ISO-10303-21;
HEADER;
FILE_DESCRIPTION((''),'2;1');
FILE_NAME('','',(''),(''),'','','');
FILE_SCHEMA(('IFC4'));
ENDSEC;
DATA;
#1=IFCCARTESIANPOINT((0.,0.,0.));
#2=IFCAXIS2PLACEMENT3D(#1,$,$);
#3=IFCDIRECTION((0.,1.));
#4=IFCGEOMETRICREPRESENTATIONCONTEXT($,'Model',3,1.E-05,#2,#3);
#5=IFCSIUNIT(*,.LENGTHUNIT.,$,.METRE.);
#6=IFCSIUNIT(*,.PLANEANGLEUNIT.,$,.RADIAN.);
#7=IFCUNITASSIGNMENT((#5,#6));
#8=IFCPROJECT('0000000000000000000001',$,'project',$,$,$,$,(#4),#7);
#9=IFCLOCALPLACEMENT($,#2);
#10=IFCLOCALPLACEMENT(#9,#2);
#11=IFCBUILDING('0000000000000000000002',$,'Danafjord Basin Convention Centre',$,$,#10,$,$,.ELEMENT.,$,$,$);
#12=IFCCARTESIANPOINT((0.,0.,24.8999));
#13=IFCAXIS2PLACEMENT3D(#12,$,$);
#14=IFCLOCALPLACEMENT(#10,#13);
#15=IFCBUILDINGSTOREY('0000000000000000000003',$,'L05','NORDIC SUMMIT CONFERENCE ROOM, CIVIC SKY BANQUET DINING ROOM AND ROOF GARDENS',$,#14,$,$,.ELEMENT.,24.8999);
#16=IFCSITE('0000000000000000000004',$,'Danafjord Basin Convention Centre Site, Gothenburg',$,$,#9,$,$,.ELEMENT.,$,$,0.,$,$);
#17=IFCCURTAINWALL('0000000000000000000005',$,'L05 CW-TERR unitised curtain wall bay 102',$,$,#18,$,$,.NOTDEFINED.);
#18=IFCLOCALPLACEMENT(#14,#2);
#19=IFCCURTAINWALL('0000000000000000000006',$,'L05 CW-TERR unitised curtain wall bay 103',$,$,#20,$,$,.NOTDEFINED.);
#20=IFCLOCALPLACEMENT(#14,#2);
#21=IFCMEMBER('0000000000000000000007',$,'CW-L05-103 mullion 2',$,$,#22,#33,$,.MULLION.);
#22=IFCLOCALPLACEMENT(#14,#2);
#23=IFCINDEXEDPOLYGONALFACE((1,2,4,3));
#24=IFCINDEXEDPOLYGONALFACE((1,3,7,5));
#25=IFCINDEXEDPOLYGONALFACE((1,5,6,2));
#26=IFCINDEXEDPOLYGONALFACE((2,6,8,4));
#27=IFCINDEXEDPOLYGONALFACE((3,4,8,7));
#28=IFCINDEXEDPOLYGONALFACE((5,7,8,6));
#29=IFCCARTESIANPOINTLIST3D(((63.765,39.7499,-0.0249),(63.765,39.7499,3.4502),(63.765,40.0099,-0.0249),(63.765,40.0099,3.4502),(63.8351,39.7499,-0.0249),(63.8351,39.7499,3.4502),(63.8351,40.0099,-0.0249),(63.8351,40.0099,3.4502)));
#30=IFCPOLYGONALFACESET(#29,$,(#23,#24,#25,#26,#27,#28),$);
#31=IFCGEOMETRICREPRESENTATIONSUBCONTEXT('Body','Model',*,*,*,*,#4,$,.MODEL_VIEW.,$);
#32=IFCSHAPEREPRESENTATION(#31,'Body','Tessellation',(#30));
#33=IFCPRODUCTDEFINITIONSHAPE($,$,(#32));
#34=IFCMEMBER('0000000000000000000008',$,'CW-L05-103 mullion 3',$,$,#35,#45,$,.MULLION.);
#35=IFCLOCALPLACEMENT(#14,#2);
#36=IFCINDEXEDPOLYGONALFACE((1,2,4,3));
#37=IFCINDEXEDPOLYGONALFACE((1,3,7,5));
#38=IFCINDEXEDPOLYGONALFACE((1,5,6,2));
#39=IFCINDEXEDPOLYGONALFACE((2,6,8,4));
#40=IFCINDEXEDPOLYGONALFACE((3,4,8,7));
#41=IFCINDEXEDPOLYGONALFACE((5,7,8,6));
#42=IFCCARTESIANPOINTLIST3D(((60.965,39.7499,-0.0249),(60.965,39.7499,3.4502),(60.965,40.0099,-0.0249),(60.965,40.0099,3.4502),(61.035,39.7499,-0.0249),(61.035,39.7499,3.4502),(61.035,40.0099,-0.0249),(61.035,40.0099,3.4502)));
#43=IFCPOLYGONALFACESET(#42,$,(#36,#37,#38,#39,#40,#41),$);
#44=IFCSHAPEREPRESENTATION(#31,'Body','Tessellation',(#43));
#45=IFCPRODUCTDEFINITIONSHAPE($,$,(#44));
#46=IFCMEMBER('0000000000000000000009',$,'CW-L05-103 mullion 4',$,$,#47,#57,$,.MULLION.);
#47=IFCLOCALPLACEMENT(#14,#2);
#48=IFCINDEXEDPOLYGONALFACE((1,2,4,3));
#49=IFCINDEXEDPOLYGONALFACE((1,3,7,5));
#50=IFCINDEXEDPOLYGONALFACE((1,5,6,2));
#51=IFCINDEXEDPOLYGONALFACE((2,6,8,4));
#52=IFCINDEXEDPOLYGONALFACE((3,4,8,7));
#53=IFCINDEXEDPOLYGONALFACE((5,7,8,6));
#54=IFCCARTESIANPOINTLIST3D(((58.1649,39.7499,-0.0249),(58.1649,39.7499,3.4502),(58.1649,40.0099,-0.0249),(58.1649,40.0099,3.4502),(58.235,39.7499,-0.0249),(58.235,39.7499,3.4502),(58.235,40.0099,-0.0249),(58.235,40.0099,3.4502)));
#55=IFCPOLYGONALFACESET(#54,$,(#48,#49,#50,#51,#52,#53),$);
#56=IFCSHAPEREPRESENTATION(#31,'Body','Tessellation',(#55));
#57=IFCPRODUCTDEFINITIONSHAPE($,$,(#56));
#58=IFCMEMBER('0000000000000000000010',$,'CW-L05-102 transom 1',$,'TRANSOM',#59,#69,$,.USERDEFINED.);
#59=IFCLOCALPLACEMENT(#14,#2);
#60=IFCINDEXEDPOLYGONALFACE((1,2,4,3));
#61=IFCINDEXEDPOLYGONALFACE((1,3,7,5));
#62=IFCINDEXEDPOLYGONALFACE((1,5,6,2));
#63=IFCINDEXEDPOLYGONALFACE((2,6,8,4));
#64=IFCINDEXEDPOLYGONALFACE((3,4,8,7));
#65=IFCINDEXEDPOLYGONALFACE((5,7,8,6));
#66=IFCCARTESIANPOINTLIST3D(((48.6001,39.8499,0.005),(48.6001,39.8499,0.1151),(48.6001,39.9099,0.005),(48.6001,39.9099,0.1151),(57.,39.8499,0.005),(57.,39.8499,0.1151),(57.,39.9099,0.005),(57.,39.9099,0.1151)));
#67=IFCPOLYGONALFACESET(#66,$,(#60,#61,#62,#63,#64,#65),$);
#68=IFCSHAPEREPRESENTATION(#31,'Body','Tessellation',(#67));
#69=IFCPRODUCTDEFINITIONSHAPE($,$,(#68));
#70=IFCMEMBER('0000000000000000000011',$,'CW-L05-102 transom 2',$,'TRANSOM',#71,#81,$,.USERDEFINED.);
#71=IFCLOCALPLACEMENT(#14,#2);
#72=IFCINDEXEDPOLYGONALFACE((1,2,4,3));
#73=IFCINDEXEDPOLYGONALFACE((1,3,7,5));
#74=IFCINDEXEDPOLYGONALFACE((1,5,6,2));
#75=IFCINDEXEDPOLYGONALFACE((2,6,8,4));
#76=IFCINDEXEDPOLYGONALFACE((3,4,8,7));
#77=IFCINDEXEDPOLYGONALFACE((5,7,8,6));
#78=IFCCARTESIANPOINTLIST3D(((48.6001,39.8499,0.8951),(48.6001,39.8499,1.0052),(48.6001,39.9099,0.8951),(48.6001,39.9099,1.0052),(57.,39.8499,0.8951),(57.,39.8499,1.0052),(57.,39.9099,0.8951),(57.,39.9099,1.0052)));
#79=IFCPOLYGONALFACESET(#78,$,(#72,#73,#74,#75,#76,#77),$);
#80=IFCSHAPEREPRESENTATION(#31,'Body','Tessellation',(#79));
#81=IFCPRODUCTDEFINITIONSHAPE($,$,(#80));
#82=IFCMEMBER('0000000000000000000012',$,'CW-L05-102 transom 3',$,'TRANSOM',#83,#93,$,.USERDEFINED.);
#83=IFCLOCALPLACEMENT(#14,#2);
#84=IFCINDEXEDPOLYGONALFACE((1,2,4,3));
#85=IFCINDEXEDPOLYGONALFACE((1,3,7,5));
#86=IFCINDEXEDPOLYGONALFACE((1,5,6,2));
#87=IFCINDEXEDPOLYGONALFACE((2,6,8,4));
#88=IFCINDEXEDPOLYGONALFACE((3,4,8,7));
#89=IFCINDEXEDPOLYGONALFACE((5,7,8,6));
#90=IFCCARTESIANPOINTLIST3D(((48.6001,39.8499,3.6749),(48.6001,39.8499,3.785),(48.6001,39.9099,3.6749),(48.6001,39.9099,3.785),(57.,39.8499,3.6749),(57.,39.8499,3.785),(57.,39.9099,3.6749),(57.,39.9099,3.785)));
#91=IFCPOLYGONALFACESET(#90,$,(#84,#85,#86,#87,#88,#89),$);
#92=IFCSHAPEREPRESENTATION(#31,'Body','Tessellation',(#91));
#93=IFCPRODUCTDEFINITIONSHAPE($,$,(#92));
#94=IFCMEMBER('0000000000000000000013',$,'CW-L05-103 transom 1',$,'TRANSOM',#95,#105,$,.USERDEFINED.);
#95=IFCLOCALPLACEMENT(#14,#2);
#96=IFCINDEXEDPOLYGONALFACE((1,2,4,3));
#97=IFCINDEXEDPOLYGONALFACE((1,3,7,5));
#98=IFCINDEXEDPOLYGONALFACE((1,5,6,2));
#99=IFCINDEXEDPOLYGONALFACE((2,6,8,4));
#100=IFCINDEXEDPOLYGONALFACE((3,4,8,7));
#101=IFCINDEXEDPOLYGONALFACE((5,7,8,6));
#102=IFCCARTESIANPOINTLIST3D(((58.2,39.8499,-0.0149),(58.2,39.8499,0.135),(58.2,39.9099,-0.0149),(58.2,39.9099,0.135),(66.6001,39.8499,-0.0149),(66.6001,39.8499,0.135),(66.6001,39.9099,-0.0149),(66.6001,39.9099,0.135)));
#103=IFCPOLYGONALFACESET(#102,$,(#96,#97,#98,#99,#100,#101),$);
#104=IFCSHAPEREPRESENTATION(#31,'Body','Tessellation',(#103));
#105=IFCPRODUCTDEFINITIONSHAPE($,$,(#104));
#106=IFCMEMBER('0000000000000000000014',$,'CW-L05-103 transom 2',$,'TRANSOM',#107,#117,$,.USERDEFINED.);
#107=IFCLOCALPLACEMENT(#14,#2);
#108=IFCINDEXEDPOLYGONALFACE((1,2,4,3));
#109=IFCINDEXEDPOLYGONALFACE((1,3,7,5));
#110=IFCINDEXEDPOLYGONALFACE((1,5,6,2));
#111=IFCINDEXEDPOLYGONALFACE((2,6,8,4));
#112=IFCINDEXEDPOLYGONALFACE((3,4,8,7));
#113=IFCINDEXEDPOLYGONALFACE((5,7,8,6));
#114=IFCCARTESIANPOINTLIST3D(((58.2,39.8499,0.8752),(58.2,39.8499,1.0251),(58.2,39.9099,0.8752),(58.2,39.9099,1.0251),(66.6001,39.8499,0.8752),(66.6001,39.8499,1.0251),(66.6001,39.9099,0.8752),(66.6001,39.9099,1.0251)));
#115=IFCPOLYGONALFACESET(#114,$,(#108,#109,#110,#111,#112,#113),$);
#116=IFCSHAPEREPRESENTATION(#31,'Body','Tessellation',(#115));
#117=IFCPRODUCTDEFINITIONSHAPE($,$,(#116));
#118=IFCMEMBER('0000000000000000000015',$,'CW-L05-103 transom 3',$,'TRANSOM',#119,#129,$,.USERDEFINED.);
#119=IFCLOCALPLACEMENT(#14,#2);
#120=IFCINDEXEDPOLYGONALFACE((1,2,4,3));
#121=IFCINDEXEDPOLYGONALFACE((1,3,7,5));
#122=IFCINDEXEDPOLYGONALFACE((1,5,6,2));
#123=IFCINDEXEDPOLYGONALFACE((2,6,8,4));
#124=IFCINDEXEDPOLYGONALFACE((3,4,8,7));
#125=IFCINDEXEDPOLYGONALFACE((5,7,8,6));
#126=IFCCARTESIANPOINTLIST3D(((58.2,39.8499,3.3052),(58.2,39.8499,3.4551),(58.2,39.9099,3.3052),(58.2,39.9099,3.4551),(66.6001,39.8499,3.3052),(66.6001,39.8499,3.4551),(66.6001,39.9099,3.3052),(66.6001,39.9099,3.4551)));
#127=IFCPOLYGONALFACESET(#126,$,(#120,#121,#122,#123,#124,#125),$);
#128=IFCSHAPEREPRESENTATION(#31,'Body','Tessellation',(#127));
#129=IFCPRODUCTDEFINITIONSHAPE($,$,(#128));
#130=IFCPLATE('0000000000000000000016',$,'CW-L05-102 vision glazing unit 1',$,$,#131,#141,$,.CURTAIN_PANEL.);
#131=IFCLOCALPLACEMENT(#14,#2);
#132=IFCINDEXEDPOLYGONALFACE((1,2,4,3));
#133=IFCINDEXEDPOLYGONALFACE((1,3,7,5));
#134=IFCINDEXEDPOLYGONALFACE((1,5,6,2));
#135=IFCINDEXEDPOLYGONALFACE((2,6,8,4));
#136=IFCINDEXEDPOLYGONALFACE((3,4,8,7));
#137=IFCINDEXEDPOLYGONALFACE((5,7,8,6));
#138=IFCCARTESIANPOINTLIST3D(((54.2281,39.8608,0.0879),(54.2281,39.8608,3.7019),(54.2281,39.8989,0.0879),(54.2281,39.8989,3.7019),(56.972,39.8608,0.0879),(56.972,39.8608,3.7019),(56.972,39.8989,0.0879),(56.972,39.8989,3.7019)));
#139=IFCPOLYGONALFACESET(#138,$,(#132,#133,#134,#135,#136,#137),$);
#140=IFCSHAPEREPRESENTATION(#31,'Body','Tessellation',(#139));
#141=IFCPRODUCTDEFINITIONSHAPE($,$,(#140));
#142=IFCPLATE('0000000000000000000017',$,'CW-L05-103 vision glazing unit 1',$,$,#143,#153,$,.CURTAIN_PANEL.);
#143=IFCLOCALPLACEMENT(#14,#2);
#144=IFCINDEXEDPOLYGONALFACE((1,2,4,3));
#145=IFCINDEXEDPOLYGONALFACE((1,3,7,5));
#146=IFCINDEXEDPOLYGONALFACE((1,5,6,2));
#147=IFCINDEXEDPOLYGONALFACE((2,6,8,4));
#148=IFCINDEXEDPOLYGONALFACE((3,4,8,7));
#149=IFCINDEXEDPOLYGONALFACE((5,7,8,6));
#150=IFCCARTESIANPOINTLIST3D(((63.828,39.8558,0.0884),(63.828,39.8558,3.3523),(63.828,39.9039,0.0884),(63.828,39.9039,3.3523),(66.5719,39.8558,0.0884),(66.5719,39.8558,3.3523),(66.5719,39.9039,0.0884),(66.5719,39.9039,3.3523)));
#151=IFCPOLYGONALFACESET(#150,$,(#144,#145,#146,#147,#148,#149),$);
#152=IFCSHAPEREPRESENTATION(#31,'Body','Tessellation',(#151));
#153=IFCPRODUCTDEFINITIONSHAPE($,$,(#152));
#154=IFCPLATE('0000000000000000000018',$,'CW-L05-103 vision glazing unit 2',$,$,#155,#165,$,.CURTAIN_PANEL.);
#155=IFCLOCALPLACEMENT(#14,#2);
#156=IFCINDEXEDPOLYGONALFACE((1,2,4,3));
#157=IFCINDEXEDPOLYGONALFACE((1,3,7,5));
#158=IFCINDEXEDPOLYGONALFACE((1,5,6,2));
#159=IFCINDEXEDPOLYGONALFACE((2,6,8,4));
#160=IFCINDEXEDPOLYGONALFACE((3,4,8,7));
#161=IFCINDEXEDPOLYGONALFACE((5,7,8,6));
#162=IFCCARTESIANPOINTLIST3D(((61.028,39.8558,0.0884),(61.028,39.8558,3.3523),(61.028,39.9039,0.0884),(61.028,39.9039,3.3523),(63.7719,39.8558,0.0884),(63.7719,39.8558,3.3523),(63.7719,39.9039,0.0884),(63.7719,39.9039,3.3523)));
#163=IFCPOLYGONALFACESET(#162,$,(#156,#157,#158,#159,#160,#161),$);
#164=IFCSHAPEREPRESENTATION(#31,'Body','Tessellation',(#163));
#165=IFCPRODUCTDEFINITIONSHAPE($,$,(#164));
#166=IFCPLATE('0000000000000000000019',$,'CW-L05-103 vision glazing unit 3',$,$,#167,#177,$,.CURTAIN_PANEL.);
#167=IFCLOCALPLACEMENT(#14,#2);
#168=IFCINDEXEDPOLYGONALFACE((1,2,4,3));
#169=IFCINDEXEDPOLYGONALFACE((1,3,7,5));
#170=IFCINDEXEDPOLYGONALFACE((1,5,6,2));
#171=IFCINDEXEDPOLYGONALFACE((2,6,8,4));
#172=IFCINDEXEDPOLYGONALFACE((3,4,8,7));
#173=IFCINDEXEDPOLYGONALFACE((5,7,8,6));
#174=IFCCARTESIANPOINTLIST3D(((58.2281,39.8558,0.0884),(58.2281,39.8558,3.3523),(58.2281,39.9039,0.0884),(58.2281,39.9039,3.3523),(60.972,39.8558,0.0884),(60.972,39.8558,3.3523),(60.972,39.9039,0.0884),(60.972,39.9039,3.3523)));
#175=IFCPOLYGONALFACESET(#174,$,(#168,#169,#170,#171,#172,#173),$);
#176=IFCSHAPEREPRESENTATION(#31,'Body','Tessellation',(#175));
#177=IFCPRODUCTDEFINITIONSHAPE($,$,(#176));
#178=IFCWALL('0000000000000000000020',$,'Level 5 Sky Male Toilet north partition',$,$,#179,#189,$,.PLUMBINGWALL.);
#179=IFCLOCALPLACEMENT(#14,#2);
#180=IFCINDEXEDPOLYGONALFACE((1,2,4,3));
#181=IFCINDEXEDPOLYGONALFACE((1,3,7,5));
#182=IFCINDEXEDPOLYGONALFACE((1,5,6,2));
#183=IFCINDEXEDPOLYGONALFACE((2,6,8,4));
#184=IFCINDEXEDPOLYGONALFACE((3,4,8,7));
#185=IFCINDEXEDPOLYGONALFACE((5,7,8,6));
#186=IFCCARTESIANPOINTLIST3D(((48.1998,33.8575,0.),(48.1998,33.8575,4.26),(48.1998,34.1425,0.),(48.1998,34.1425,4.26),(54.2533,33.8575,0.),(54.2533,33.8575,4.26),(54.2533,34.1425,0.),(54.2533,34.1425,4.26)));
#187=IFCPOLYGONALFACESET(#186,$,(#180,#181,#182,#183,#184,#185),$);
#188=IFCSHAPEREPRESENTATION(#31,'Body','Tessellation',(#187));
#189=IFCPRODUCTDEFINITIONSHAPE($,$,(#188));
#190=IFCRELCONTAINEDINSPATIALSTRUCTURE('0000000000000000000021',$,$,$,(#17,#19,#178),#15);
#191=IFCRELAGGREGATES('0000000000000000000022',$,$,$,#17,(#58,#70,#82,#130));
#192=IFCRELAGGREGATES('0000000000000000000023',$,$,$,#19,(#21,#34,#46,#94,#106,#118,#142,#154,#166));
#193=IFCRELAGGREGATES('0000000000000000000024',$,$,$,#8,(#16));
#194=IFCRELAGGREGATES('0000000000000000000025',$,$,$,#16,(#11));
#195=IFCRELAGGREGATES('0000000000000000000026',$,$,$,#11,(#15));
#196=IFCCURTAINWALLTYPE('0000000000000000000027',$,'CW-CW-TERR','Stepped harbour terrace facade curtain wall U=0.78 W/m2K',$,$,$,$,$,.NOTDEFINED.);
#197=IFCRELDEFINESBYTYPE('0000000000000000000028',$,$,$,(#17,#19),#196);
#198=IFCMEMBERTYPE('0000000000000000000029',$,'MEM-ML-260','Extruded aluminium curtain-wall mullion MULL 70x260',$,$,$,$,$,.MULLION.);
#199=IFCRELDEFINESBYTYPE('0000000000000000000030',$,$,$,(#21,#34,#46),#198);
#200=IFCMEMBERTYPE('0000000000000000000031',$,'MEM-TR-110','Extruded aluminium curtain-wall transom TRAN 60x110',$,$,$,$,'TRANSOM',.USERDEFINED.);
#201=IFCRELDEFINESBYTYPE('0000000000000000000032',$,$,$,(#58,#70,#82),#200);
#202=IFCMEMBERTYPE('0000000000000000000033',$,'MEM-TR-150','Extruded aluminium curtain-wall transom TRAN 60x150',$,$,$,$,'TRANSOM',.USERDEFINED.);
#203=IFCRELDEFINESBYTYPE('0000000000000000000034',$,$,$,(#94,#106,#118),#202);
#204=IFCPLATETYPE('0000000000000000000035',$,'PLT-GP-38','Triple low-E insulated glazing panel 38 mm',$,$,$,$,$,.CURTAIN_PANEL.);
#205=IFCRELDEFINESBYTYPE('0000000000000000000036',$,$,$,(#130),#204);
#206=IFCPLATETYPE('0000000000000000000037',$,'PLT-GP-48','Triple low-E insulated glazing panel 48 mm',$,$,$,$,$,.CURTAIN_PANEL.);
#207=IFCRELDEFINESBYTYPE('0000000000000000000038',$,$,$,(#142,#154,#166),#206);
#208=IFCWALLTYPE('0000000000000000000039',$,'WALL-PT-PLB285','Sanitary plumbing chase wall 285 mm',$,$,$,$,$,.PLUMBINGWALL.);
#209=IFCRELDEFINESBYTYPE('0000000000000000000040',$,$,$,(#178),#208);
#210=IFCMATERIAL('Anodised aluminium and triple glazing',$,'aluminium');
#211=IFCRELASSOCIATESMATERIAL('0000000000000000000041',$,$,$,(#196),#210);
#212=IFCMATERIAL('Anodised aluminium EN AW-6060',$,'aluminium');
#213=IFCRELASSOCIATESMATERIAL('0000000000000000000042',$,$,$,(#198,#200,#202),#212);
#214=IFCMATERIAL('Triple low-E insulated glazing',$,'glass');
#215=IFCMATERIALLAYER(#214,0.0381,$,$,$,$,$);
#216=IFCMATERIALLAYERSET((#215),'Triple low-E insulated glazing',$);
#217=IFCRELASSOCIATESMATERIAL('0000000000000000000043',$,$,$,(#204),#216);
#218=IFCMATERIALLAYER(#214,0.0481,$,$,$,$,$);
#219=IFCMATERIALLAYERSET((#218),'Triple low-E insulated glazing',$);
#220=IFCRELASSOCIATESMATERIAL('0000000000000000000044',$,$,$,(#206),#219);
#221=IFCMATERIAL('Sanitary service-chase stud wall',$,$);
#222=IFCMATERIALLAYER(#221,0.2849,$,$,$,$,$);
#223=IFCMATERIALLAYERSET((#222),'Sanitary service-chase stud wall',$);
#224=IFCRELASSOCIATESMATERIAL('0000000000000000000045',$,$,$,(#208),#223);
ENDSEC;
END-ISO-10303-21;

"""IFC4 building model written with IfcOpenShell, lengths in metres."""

from ifc_helpers import new_model, si_unit, direction, frame, frame_2d, origin, origin_2d, place, context, subcontext, project, spatial, rectangle, extrude, material, layer, layer_set, material_profile, profile_set, type_object, element, aggregate, save


model = new_model("IFC4")

# Units and contexts
model_context = context("Model", 3, precision=1e-05, world=origin(), true_north=direction((0.0, 1.0)))
body_context = subcontext(model_context, "Body", "Model", "MODEL_VIEW")
ifc_project = project(units=[si_unit("LENGTHUNIT", "METRE"), si_unit("PLANEANGLEUNIT", "RADIAN")], contexts=[model_context])

# Site, building, storey
site_placement = place(None, origin())
site = spatial("IfcSite", under=ifc_project, at=site_placement, Name="Danafjord Basin Convention Centre Site, Gothenburg", CompositionType="ELEMENT", RefElevation=0.0)
building_placement = place(site_placement, origin())
building = spatial("IfcBuilding", under=site, at=building_placement, Name="Danafjord Basin Convention Centre", CompositionType="ELEMENT")
storey_placement = place(building_placement, frame((0.0, 0.0, 24.8999)))
storey = spatial("IfcBuildingStorey", under=building, at=storey_placement, Name="L05", Description="NORDIC SUMMIT CONFERENCE ROOM, CIVIC SKY BANQUET DINING ROOM AND ROOF GARDENS", CompositionType="ELEMENT", Elevation=24.8999)

# Curtain walls, members
ifc_material_1 = material(Name="Anodised aluminium and triple glazing", Category="aluminium")
curtain_wall_type = type_object("IfcCurtainWallType", Name="CW-CW-TERR", Description="Stepped harbour terrace facade curtain wall U=0.78 W/m2K", PredefinedType="NOTDEFINED", material=ifc_material_1)
curtain_wall_1_placement = place(storey_placement, origin())
curtain_wall_1 = element("IfcCurtainWall", 1, at=curtain_wall_1_placement, inside=storey, type_object=curtain_wall_type, Name="L05 CW-TERR unitised curtain wall bay 102", PredefinedType="NOTDEFINED")
ifc_material_2 = material(Name="Anodised aluminium EN AW-6060", Category="aluminium")
curtain_wall_2_placement = place(storey_placement, origin())
curtain_wall_2 = element("IfcCurtainWall", 2, at=curtain_wall_2_placement, inside=storey, type_object=curtain_wall_type, Name="L05 CW-TERR unitised curtain wall bay 103", PredefinedType="NOTDEFINED")
ifc_material_profile_1 = material_profile(ifc_material_2, rectangle(XDim=0.0701, YDim=0.26, at=origin_2d()), Name="MULL 70x260")
ifc_profile_set_1 = profile_set([ifc_material_profile_1], Name="Anodised aluminium EN AW-6060")
member_type_1 = type_object("IfcMemberType", Name="MEM-ML-260", Description="Extruded aluminium curtain-wall mullion MULL 70x260", PredefinedType="MULLION", material=ifc_profile_set_1)
member_1_placement = place(storey_placement, frame((63.8, 39.8799, -0.0249), z_axis=(0.0, 0.0, 1.0), x_axis=(-1.0, 0.0, 0.0)))
member_1 = element("IfcMember", 3, at=member_1_placement, type_object=member_type_1, Name="CW-L05-103 mullion 2", PredefinedType="MULLION", context=body_context, shape_type="SweptSolid", body=[
    extrude(rectangle(XDim=0.0701, YDim=0.26, at=origin_2d()), origin(), (0.0, 0.0, 1.0), 3.4751),
])
member_2_placement = place(storey_placement, frame((61.0, 39.8799, -0.0249), z_axis=(0.0, 0.0, 1.0), x_axis=(-1.0, 0.0, 0.0)))
member_2 = element("IfcMember", 4, at=member_2_placement, type_object=member_type_1, Name="CW-L05-103 mullion 3", PredefinedType="MULLION", context=body_context, shape_type="SweptSolid", body=[
    extrude(rectangle(XDim=0.0701, YDim=0.26, at=origin_2d()), origin(), (0.0, 0.0, 1.0), 3.4751),
])
member_3_placement = place(storey_placement, frame((58.2, 39.8799, -0.0249), z_axis=(0.0, 0.0, 1.0), x_axis=(-1.0, 0.0, 0.0)))
member_3 = element("IfcMember", 5, at=member_3_placement, type_object=member_type_1, Name="CW-L05-103 mullion 4", PredefinedType="MULLION", context=body_context, shape_type="SweptSolid", body=[
    extrude(rectangle(XDim=0.0701, YDim=0.26, at=origin_2d()), origin(), (0.0, 0.0, 1.0), 3.4751),
])

# Members
ifc_material_profile_2 = material_profile(ifc_material_2, rectangle(XDim=0.0601, YDim=0.1101, at=origin_2d()), Name="TRAN 60x110")
ifc_profile_set_2 = profile_set([ifc_material_profile_2], Name="Anodised aluminium EN AW-6060")
member_type_2 = type_object("IfcMemberType", Name="MEM-TR-110", Description="Extruded aluminium curtain-wall transom TRAN 60x110", ElementType="TRANSOM", PredefinedType="USERDEFINED", material=ifc_profile_set_2)
member_4_placement = place(storey_placement, frame((57.0, 39.8799, 0.0601), z_axis=(-1.0, 0.0, 0.0), x_axis=(0.0, -1.0, 0.0)))
member_4 = element("IfcMember", 6, at=member_4_placement, type_object=member_type_2, Name="CW-L05-102 transom 1", ObjectType="TRANSOM", PredefinedType="USERDEFINED", context=body_context, shape_type="SweptSolid", body=[
    extrude(rectangle(XDim=0.0601, YDim=0.1101, at=origin_2d()), origin(), (0.0, 0.0, 1.0), 8.3999),
])
member_5_placement = place(storey_placement, frame((57.0, 39.8799, 0.9502), z_axis=(-1.0, 0.0, 0.0), x_axis=(0.0, -1.0, 0.0)))
member_5 = element("IfcMember", 7, at=member_5_placement, type_object=member_type_2, Name="CW-L05-102 transom 2", ObjectType="TRANSOM", PredefinedType="USERDEFINED", context=body_context, shape_type="SweptSolid", body=[
    extrude(rectangle(XDim=0.0601, YDim=0.1101, at=origin_2d()), origin(), (0.0, 0.0, 1.0), 8.3999),
])
member_6_placement = place(storey_placement, frame((57.0, 39.8799, 3.73), z_axis=(-1.0, 0.0, 0.0), x_axis=(0.0, -1.0, 0.0)))
member_6 = element("IfcMember", 8, at=member_6_placement, type_object=member_type_2, Name="CW-L05-102 transom 3", ObjectType="TRANSOM", PredefinedType="USERDEFINED", context=body_context, shape_type="SweptSolid", body=[
    extrude(rectangle(XDim=0.0601, YDim=0.1101, at=origin_2d()), origin(), (0.0, 0.0, 1.0), 8.3999),
])
ifc_material_profile_3 = material_profile(ifc_material_2, rectangle(XDim=0.0601, YDim=0.1499, at=origin_2d()), Name="TRAN 60x150")
ifc_profile_set_3 = profile_set([ifc_material_profile_3], Name="Anodised aluminium EN AW-6060")
member_type_3 = type_object("IfcMemberType", Name="MEM-TR-150", Description="Extruded aluminium curtain-wall transom TRAN 60x150", ElementType="TRANSOM", PredefinedType="USERDEFINED", material=ifc_profile_set_3)
member_7_placement = place(storey_placement, frame((66.6001, 39.8799, 0.0601), z_axis=(-1.0, 0.0, 0.0), x_axis=(0.0, -1.0, 0.0)))
member_7 = element("IfcMember", 9, at=member_7_placement, type_object=member_type_3, Name="CW-L05-103 transom 1", ObjectType="TRANSOM", PredefinedType="USERDEFINED", context=body_context, shape_type="SweptSolid", body=[
    extrude(rectangle(XDim=0.0601, YDim=0.1499, at=origin_2d()), origin(), (0.0, 0.0, 1.0), 8.4001),
])
member_8_placement = place(storey_placement, frame((66.6001, 39.8799, 0.9502), z_axis=(-1.0, 0.0, 0.0), x_axis=(0.0, -1.0, 0.0)))
member_8 = element("IfcMember", 10, at=member_8_placement, type_object=member_type_3, Name="CW-L05-103 transom 2", ObjectType="TRANSOM", PredefinedType="USERDEFINED", context=body_context, shape_type="SweptSolid", body=[
    extrude(rectangle(XDim=0.0601, YDim=0.1499, at=origin_2d()), origin(), (0.0, 0.0, 1.0), 8.4001),
])
member_9_placement = place(storey_placement, frame((66.6001, 39.8799, 3.3801), z_axis=(-1.0, 0.0, 0.0), x_axis=(0.0, -1.0, 0.0)))
member_9 = element("IfcMember", 11, at=member_9_placement, type_object=member_type_3, Name="CW-L05-103 transom 3", ObjectType="TRANSOM", PredefinedType="USERDEFINED", context=body_context, shape_type="SweptSolid", body=[
    extrude(rectangle(XDim=0.0601, YDim=0.1499, at=origin_2d()), origin(), (0.0, 0.0, 1.0), 8.4001),
])

# Plates
ifc_material_3 = material(Name="Triple low-E insulated glazing", Category="glass")
ifc_layer_1 = layer(ifc_material_3, 0.0381)
ifc_layer_set_1 = layer_set([ifc_layer_1], Name="Triple low-E insulated glazing")
plate_type_1 = type_object("IfcPlateType", Name="PLT-GP-38", Description="Triple low-E insulated glazing panel 38 mm", PredefinedType="CURTAIN_PANEL", material=ifc_layer_set_1)
plate_1_placement = place(storey_placement, frame((55.6001, 39.8799, 0.0879), z_axis=(0.0, 0.0, 1.0), x_axis=(-1.0, 0.0, 0.0)))
plate_1 = element("IfcPlate", 12, at=plate_1_placement, type_object=plate_type_1, Name="CW-L05-102 vision glazing unit 1", PredefinedType="CURTAIN_PANEL", context=body_context, shape_type="SweptSolid", body=[
    extrude(rectangle(XDim=2.7439, YDim=0.0381, at=origin_2d()), origin(), (0.0, 0.0, 1.0), 3.614),
])
aggregate(curtain_wall_1, [member_4, member_5, member_6, plate_1])
ifc_layer_2 = layer(ifc_material_3, 0.0481)
ifc_layer_set_2 = layer_set([ifc_layer_2], Name="Triple low-E insulated glazing")
plate_type_2 = type_object("IfcPlateType", Name="PLT-GP-48", Description="Triple low-E insulated glazing panel 48 mm", PredefinedType="CURTAIN_PANEL", material=ifc_layer_set_2)
plate_2_placement = place(storey_placement, frame((65.2, 39.8799, 0.0884), z_axis=(0.0, 0.0, 1.0), x_axis=(-1.0, 0.0, 0.0)))
plate_2 = element("IfcPlate", 13, at=plate_2_placement, type_object=plate_type_2, Name="CW-L05-103 vision glazing unit 1", PredefinedType="CURTAIN_PANEL", context=body_context, shape_type="SweptSolid", body=[
    extrude(rectangle(XDim=2.7439, YDim=0.0481, at=origin_2d()), origin(), (0.0, 0.0, 1.0), 3.2639),
])
plate_3_placement = place(storey_placement, frame((62.3999, 39.8799, 0.0884), z_axis=(0.0, 0.0, 1.0), x_axis=(-1.0, 0.0, 0.0)))
plate_3 = element("IfcPlate", 14, at=plate_3_placement, type_object=plate_type_2, Name="CW-L05-103 vision glazing unit 2", PredefinedType="CURTAIN_PANEL", context=body_context, shape_type="SweptSolid", body=[
    extrude(rectangle(XDim=2.7439, YDim=0.0481, at=origin_2d()), origin(), (0.0, 0.0, 1.0), 3.2639),
])
plate_4_placement = place(storey_placement, frame((59.6001, 39.8799, 0.0884), z_axis=(0.0, 0.0, 1.0), x_axis=(-1.0, 0.0, 0.0)))
plate_4 = element("IfcPlate", 15, at=plate_4_placement, type_object=plate_type_2, Name="CW-L05-103 vision glazing unit 3", PredefinedType="CURTAIN_PANEL", context=body_context, shape_type="SweptSolid", body=[
    extrude(rectangle(XDim=2.7439, YDim=0.0481, at=origin_2d()), origin(), (0.0, 0.0, 1.0), 3.2639),
])
aggregate(curtain_wall_2, [member_1, member_2, member_3, member_7, member_8, member_9, plate_2, plate_3, plate_4])

# Wall
ifc_material_4 = material(Name="Sanitary service-chase stud wall")
ifc_layer_3 = layer(ifc_material_4, 0.2849)
ifc_layer_set_3 = layer_set([ifc_layer_3], Name="Sanitary service-chase stud wall")
wall_type_1 = type_object("IfcWallType", Name="WALL-PT-PLB285", Description="Sanitary plumbing chase wall 285 mm", PredefinedType="PLUMBINGWALL", material=ifc_layer_set_3)
wall_1_placement = place(storey_placement, frame((54.2534, 34.0, 0.0), z_axis=(0.0, 0.0, 1.0), x_axis=(-1.0, 0.0, 0.0)))
element("IfcWall", 16, at=wall_1_placement, inside=storey, type_object=wall_type_1, Name="Level 5 Sky Male Toilet north partition", PredefinedType="PLUMBINGWALL", context=body_context, shape_type="SweptSolid", body=[
    extrude(rectangle(XDim=6.0535, YDim=0.2849, at=frame_2d((3.0269, 0.0))), origin(), (0.0, 0.0, 1.0), 4.26),
])

save(model, "model.ifc")
